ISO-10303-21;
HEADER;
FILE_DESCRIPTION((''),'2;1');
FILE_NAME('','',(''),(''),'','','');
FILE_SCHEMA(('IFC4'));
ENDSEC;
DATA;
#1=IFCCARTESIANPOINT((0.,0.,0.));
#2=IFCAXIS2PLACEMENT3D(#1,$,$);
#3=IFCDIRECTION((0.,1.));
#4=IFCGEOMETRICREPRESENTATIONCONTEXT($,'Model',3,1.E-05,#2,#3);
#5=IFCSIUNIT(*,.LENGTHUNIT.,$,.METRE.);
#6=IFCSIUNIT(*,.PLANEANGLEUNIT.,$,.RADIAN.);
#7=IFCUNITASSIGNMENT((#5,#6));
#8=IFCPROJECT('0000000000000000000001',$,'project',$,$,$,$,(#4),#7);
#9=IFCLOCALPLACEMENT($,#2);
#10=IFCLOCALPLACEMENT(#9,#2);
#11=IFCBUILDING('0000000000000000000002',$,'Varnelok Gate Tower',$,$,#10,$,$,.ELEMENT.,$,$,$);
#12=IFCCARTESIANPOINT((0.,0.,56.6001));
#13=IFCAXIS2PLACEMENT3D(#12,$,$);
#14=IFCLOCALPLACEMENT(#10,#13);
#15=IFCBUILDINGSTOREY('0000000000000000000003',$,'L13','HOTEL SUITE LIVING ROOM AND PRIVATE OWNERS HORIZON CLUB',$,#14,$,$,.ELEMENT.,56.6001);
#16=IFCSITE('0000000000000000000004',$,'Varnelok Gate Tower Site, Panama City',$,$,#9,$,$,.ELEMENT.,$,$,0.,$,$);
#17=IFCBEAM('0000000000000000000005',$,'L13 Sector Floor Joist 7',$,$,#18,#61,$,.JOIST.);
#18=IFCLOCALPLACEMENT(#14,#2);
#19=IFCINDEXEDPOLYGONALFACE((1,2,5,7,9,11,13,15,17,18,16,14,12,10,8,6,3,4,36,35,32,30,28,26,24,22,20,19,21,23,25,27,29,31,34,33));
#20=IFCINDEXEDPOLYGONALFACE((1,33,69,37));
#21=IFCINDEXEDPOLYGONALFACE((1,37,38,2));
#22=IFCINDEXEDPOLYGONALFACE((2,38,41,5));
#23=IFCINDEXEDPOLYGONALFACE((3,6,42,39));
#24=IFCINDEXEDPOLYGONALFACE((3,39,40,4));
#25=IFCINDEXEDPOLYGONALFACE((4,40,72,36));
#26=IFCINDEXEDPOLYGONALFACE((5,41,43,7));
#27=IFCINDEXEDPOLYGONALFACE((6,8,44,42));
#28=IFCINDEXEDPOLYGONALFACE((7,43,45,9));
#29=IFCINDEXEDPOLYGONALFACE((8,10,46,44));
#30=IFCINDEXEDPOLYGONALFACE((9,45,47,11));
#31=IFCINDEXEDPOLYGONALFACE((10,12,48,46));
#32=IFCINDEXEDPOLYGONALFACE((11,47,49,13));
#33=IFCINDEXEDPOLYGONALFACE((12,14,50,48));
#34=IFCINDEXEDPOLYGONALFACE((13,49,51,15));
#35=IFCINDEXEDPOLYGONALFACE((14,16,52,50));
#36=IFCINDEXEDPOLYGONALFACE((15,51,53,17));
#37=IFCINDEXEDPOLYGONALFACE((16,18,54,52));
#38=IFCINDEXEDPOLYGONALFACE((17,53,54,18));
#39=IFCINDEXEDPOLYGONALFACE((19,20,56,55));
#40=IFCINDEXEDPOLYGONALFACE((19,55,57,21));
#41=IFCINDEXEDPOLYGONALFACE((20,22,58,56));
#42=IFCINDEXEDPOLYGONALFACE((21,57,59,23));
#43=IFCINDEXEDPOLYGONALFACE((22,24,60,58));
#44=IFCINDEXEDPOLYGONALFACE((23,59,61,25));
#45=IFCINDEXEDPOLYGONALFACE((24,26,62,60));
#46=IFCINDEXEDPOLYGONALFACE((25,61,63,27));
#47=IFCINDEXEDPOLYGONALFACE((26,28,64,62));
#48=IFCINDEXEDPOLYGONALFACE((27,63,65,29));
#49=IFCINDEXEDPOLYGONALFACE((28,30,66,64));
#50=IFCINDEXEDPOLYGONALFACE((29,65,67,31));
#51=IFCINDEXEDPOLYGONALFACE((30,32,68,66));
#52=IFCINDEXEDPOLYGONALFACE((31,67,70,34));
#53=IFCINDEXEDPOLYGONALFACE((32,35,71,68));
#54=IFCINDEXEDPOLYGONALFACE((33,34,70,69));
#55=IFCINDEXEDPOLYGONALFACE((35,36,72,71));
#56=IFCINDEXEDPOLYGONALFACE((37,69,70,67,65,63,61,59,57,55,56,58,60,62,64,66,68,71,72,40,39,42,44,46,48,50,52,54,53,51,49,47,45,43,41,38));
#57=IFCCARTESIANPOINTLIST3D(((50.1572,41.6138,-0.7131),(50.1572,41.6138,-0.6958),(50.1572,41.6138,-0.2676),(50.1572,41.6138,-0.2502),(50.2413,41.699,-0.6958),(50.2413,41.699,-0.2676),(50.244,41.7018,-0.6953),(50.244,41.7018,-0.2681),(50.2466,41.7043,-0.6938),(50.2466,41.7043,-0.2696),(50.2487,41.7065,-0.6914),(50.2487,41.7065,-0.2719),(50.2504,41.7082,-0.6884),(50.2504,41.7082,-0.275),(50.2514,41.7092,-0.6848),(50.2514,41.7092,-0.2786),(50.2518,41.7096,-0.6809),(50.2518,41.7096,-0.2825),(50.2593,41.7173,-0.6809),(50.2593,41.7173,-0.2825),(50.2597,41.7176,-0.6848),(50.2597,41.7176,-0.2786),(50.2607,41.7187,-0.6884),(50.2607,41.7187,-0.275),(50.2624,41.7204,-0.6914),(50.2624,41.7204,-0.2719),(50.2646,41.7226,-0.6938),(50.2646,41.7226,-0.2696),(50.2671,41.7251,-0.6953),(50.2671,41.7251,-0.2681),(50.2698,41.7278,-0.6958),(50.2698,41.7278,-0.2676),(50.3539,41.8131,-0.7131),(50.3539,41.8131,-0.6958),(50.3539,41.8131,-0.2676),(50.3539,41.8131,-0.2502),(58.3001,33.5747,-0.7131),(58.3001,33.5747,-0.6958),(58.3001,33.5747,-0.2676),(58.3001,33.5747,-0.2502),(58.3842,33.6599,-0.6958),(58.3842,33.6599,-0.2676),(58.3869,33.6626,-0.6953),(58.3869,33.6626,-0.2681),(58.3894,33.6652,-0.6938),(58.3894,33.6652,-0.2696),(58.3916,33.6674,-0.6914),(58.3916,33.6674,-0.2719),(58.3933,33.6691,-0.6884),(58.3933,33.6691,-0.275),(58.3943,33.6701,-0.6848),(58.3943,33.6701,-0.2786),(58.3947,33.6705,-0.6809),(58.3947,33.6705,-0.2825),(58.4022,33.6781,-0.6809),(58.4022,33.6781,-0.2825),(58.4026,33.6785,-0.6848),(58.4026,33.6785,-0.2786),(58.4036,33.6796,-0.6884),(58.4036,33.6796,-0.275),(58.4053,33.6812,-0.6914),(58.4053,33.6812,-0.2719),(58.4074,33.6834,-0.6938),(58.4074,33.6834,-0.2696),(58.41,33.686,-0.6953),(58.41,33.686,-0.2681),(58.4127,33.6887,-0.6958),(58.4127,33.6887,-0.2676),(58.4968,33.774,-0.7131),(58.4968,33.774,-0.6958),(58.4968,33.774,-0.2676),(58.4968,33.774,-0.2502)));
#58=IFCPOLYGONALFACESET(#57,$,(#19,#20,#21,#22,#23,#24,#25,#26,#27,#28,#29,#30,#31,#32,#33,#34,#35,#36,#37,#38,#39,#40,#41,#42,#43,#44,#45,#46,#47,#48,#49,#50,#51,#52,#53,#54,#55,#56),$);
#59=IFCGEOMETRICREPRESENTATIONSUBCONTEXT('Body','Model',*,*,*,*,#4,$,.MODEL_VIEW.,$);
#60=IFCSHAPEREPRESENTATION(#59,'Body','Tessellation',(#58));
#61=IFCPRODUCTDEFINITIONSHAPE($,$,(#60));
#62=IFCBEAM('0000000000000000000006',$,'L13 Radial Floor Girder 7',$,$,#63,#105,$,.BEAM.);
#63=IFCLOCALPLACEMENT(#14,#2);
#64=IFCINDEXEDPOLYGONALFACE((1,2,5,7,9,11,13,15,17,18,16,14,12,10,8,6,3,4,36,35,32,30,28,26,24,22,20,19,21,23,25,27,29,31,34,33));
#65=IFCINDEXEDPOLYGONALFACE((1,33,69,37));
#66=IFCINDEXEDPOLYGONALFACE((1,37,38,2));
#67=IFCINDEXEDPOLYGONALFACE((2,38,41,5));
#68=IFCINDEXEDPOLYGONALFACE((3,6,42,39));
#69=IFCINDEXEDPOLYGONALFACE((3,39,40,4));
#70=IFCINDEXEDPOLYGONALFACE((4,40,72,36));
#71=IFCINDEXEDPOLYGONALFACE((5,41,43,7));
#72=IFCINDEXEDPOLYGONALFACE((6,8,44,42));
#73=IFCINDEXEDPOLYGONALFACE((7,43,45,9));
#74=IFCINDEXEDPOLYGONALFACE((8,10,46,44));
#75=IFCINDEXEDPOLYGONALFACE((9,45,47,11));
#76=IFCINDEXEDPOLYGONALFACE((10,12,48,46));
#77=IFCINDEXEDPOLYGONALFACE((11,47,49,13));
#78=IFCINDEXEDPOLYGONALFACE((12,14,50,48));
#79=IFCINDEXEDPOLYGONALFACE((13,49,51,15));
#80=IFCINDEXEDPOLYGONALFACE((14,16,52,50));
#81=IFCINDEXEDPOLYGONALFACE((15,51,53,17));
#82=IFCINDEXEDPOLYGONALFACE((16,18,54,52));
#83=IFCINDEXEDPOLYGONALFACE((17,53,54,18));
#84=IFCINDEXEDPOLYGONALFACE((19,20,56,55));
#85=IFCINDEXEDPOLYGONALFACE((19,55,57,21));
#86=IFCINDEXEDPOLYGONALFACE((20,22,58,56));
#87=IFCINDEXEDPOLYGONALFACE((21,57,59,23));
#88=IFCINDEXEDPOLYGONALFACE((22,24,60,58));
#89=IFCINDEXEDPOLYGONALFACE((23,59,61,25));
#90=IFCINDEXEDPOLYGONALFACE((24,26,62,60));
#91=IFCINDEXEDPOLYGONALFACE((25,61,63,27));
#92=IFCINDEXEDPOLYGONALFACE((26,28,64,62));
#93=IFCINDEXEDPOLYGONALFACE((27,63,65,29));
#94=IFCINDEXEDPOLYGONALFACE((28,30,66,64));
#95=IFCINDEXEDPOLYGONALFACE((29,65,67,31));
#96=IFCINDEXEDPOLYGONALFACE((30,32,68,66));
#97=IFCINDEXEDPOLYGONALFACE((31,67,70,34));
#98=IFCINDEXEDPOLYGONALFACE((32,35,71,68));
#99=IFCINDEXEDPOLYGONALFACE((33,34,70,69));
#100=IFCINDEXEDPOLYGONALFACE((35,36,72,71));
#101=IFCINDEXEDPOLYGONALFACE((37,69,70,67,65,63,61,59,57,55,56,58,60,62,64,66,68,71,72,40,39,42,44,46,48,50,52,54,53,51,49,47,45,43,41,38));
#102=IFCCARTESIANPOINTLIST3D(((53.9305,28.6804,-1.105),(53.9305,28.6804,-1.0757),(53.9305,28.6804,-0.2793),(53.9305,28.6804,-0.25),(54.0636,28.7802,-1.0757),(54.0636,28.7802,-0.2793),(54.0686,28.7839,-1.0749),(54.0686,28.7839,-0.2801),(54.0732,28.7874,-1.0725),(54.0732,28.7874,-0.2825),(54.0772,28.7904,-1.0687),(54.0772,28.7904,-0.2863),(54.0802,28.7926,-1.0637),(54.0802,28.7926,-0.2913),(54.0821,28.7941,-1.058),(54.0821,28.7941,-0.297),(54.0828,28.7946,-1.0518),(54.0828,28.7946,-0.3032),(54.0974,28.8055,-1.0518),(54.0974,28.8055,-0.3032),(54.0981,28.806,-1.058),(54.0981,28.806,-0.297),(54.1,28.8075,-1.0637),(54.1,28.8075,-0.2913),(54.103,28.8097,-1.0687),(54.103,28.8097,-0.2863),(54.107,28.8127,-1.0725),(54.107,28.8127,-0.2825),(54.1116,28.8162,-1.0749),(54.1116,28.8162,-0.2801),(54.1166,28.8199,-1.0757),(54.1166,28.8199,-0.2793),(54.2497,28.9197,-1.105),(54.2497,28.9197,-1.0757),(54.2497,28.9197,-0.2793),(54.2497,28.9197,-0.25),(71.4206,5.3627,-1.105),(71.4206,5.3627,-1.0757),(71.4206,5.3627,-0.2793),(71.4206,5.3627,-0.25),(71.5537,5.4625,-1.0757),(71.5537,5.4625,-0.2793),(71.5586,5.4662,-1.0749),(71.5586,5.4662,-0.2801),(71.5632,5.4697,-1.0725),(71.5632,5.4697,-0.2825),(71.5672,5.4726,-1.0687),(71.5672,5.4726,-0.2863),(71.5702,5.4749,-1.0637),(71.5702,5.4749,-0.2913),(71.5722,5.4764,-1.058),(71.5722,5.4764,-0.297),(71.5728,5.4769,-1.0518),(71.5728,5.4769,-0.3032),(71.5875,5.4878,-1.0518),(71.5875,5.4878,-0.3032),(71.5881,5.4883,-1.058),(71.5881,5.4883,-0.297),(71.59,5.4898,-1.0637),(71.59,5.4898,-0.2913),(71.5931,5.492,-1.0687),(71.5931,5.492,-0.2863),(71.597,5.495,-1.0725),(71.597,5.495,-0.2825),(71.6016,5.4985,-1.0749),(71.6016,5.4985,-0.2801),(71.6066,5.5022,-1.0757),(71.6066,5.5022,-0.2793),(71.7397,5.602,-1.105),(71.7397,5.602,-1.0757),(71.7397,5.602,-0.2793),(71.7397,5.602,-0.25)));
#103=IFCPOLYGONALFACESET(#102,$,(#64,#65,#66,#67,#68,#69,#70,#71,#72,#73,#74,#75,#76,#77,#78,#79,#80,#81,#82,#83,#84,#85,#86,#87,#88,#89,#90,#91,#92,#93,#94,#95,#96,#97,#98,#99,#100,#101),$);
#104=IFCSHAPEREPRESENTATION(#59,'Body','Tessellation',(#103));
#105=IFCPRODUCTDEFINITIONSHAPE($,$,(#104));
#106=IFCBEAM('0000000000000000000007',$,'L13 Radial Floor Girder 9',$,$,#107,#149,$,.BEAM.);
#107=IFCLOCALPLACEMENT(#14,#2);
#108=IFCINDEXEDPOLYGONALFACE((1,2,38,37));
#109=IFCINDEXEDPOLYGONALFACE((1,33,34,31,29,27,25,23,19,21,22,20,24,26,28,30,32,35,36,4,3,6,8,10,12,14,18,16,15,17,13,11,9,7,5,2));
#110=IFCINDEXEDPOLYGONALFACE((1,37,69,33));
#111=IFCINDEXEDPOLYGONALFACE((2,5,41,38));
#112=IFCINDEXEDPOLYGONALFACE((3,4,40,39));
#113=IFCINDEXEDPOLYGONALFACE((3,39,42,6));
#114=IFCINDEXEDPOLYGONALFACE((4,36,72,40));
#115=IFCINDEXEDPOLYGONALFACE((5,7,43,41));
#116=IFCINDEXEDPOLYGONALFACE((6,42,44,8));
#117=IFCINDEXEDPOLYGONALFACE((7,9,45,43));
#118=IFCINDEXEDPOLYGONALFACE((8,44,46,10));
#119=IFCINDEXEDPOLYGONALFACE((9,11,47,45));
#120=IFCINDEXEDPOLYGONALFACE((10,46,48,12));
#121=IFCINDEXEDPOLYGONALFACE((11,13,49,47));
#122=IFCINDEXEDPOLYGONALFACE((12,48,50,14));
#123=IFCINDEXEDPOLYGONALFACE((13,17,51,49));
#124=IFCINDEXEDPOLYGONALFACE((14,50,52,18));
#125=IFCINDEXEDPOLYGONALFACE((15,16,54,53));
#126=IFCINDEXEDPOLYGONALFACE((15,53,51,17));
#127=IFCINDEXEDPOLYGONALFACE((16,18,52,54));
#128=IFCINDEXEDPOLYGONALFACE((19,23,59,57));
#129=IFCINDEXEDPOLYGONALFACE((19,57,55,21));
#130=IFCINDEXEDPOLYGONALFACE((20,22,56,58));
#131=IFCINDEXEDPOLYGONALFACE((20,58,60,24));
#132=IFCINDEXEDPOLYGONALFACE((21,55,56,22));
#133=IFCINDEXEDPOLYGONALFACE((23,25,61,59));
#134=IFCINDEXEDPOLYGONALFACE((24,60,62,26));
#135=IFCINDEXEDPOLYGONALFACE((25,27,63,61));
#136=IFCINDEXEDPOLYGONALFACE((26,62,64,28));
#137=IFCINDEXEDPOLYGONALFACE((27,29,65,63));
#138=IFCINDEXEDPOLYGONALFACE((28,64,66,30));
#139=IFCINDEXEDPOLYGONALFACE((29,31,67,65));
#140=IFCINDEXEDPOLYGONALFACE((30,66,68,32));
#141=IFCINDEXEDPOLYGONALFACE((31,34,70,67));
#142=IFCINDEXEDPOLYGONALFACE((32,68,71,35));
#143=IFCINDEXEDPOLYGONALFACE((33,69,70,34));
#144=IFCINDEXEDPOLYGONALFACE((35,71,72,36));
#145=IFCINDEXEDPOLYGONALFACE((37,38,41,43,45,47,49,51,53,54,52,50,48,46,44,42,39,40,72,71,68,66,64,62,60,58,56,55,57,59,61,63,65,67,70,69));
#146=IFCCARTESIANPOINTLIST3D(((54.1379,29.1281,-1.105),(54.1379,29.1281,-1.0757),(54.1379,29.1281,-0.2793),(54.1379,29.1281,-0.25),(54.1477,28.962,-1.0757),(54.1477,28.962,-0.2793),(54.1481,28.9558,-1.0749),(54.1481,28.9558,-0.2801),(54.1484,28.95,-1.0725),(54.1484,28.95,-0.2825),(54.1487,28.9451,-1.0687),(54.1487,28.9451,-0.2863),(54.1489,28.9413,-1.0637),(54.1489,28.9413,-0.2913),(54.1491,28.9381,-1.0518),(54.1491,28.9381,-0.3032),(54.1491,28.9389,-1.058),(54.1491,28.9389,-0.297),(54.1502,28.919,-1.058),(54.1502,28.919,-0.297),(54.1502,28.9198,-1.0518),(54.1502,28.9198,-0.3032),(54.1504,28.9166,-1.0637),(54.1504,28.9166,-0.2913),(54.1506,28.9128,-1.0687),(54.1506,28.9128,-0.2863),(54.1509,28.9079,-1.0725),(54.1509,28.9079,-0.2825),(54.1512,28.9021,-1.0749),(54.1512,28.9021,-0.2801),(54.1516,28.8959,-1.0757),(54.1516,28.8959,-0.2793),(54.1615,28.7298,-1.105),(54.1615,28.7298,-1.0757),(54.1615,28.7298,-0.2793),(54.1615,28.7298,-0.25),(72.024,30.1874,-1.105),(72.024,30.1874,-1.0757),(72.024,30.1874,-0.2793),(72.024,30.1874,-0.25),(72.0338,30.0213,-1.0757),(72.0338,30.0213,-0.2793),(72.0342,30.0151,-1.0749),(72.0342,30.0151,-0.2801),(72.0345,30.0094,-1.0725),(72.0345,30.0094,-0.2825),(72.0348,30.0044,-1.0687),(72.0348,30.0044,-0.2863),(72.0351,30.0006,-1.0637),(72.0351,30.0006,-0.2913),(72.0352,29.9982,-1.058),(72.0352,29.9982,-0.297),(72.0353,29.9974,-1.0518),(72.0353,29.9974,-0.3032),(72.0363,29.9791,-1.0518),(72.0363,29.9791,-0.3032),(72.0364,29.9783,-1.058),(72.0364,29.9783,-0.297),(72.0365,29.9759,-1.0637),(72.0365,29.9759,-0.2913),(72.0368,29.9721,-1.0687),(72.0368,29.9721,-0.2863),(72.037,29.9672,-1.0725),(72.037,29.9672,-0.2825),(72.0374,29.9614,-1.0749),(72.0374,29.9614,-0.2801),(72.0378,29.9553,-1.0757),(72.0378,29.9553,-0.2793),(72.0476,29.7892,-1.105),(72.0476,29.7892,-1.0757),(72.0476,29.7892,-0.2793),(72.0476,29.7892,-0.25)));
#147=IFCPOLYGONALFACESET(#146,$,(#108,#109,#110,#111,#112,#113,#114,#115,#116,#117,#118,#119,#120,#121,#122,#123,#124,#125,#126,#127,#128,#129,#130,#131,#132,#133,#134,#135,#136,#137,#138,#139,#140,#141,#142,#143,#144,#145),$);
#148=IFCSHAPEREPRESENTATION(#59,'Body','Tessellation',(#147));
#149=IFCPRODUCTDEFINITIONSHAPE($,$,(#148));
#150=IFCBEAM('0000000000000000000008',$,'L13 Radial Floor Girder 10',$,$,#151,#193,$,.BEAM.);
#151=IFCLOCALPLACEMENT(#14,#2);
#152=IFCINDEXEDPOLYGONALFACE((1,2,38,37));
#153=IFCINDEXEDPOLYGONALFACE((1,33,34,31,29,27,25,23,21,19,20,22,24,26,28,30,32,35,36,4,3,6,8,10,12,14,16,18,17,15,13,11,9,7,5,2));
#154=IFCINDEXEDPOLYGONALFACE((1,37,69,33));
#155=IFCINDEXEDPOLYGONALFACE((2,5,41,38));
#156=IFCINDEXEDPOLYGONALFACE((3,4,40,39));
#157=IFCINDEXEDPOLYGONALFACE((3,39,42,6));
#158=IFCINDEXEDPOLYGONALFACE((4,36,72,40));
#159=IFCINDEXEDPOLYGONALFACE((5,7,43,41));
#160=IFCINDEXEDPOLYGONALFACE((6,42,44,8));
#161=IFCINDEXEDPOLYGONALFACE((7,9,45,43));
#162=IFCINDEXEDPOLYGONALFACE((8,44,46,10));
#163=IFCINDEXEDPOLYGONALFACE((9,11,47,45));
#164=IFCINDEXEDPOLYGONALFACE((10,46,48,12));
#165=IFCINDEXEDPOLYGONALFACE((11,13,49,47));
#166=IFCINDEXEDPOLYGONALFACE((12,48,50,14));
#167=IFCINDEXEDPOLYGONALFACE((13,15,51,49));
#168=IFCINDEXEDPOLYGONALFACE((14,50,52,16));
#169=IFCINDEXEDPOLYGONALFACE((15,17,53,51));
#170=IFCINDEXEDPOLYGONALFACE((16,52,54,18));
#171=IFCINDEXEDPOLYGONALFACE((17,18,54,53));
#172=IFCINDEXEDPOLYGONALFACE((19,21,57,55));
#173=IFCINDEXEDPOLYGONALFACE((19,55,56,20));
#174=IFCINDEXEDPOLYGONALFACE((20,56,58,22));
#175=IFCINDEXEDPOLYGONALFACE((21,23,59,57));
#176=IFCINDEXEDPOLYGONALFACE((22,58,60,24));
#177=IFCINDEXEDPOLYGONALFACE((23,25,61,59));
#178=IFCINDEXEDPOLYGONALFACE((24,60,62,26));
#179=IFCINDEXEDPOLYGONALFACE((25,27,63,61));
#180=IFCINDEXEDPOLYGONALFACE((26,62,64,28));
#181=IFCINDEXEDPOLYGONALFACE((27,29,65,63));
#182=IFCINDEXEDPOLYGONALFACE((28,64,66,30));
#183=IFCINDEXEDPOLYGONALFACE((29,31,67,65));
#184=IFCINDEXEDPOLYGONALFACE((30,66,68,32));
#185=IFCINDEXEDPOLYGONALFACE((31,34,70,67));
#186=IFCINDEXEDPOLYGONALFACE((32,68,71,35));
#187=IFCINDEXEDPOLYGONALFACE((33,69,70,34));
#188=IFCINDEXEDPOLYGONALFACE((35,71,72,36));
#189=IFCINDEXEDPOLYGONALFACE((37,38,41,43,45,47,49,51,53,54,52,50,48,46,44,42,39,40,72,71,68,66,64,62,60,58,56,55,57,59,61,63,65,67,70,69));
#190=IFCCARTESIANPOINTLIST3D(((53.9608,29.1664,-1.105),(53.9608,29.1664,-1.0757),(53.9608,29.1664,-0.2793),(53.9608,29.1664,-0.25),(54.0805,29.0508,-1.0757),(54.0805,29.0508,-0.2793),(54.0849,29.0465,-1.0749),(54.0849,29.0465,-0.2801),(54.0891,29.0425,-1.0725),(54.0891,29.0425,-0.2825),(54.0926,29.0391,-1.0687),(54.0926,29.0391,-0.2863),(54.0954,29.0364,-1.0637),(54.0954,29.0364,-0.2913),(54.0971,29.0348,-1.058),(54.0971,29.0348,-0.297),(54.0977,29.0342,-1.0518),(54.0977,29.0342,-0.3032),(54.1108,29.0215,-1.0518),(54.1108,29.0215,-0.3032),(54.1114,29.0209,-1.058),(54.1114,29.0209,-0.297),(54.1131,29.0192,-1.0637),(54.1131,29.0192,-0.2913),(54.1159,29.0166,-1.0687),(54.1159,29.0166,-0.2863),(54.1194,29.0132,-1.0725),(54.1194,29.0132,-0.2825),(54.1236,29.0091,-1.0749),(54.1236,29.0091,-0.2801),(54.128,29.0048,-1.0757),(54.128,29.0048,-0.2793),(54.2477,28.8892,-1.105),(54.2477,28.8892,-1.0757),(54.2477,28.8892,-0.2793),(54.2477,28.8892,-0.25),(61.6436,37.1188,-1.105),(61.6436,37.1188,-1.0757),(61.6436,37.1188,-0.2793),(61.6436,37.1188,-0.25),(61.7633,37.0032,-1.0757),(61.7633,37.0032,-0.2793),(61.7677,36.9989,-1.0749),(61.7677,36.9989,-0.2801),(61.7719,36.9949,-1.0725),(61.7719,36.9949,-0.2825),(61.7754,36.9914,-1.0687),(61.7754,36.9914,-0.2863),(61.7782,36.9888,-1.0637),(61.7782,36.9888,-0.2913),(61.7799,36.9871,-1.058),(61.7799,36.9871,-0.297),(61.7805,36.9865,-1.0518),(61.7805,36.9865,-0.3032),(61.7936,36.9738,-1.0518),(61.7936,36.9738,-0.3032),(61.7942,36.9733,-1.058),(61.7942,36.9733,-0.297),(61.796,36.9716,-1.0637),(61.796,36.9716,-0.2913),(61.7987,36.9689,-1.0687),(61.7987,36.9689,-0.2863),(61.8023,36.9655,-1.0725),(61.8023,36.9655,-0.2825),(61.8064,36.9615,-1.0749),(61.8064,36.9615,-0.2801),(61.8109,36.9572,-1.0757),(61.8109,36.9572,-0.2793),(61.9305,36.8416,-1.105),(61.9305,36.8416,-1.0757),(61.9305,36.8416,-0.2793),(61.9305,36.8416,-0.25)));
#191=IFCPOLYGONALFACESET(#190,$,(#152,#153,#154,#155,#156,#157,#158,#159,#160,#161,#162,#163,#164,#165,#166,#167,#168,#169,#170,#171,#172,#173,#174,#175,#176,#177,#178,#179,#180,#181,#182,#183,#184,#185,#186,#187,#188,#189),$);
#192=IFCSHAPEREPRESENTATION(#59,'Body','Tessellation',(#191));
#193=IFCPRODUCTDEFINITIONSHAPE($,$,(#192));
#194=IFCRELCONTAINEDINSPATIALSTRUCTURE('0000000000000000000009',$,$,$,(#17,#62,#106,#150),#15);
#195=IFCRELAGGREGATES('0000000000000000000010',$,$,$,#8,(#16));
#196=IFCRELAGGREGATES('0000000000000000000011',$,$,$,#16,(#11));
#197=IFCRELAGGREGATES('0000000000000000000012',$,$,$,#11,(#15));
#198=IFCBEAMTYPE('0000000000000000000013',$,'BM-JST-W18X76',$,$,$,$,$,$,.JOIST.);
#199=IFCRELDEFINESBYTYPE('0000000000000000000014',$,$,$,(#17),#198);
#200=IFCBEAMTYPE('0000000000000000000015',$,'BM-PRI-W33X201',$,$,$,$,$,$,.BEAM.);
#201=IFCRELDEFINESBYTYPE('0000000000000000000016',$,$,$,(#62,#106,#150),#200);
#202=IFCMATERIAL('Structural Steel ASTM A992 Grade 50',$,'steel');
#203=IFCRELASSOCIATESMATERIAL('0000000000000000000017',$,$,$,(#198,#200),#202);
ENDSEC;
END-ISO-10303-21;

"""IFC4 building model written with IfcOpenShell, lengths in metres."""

from ifc_helpers import new_model, si_unit, direction, frame, origin, origin_2d, place, context, subcontext, project, spatial, i_section, extrude, material, material_profile, profile_set, type_object, element, save


model = new_model("IFC4")

# Units and contexts
model_context = context("Model", 3, precision=1e-05, world=origin(), true_north=direction((0.0, 1.0)))
body_context = subcontext(model_context, "Body", "Model", "MODEL_VIEW")
ifc_project = project(units=[si_unit("LENGTHUNIT", "METRE"), si_unit("PLANEANGLEUNIT", "RADIAN")], contexts=[model_context])

# Site, building, storey
site_placement = place(None, origin())
site = spatial("IfcSite", under=ifc_project, at=site_placement, Name="Varnelok Gate Tower Site, Panama City", CompositionType="ELEMENT", RefElevation=0.0)
building_placement = place(site_placement, origin())
building = spatial("IfcBuilding", under=site, at=building_placement, Name="Varnelok Gate Tower", CompositionType="ELEMENT")
storey_placement = place(building_placement, frame((0.0, 0.0, 56.6001)))
storey = spatial("IfcBuildingStorey", under=building, at=storey_placement, Name="L13", Description="HOTEL SUITE LIVING ROOM AND PRIVATE OWNERS HORIZON CLUB", CompositionType="ELEMENT", Elevation=56.6001)

# Shared definitions
ifc_material_1 = material(Name="Structural Steel ASTM A992 Grade 50", Category="steel")

# Beams
ifc_material_profile_1 = material_profile(ifc_material_1, i_section(OverallWidth=0.28, OverallDepth=0.4629, WebThickness=0.0107, FlangeThickness=0.0173, FilletRadius=0.0149, at=origin_2d()), Name="W18X76")
ifc_profile_set_1 = profile_set([ifc_material_profile_1], Name="Structural Steel ASTM A992 Grade 50")
beam_type_1 = type_object("IfcBeamType", Name="BM-JST-W18X76", PredefinedType="JOIST", material=ifc_profile_set_1)
beam_1_placement = place(storey_placement, frame((58.3984, 33.6743, -0.4817), z_axis=(-0.711626, 0.702558, 0.0), x_axis=(-0.702558, -0.711626, 0.0)))
element("IfcBeam", 1, at=beam_1_placement, inside=storey, type_object=beam_type_1, Name="L13 Sector Floor Joist 7", PredefinedType="JOIST", context=body_context, shape_type="SweptSolid", body=[
    extrude(i_section(OverallWidth=0.28, OverallDepth=0.4629, WebThickness=0.0107, FlangeThickness=0.0173, FilletRadius=0.0149, at=origin_2d()), origin(), (0.0, 0.0, 1.0), 11.4426),
])
ifc_material_profile_2 = material_profile(ifc_material_1, i_section(OverallWidth=0.3989, OverallDepth=0.855, WebThickness=0.0183, FlangeThickness=0.0293, FilletRadius=0.0239, at=origin_2d()), Name="W33X201")
ifc_profile_set_2 = profile_set([ifc_material_profile_2], Name="Structural Steel ASTM A992 Grade 50")
beam_type_2 = type_object("IfcBeamType", Name="BM-PRI-W33X201", PredefinedType="BEAM", material=ifc_profile_set_2)
beam_2_placement = place(storey_placement, frame((54.0901, 28.8, -0.6775), z_axis=(0.600039, -0.799971, 0.0), x_axis=(0.799971, 0.600039, 0.0)))
element("IfcBeam", 2, at=beam_2_placement, inside=storey, type_object=beam_type_2, Name="L13 Radial Floor Girder 7", PredefinedType="BEAM", context=body_context, shape_type="SweptSolid", body=[
    extrude(i_section(OverallWidth=0.3989, OverallDepth=0.855, WebThickness=0.0183, FlangeThickness=0.0293, FilletRadius=0.0239, at=origin_2d()), origin(), (0.0, 0.0, 1.0), 29.1482),
])
beam_3_placement = place(storey_placement, frame((54.1497, 28.929, -0.6775), z_axis=(0.998251, 0.059122, 0.0), x_axis=(-0.059122, 0.998251, 0.0)))
element("IfcBeam", 3, at=beam_3_placement, inside=storey, type_object=beam_type_2, Name="L13 Radial Floor Girder 9", PredefinedType="BEAM", context=body_context, shape_type="SweptSolid", body=[
    extrude(i_section(OverallWidth=0.3989, OverallDepth=0.855, WebThickness=0.0183, FlangeThickness=0.0293, FilletRadius=0.0239, at=origin_2d()), origin(), (0.0, 0.0, 1.0), 17.9175),
])
beam_4_placement = place(storey_placement, frame((54.1042, 29.0278, -0.6775), z_axis=(0.694814, 0.71919, 0.0), x_axis=(-0.71919, 0.694814, 0.0)))
element("IfcBeam", 4, at=beam_4_placement, inside=storey, type_object=beam_type_2, Name="L13 Radial Floor Girder 10", PredefinedType="BEAM", context=body_context, shape_type="SweptSolid", body=[
    extrude(i_section(OverallWidth=0.3989, OverallDepth=0.855, WebThickness=0.0183, FlangeThickness=0.0293, FilletRadius=0.0239, at=origin_2d()), origin(), (0.0, 0.0, 1.0), 11.0574),
])

save(model, "model.ifc")
